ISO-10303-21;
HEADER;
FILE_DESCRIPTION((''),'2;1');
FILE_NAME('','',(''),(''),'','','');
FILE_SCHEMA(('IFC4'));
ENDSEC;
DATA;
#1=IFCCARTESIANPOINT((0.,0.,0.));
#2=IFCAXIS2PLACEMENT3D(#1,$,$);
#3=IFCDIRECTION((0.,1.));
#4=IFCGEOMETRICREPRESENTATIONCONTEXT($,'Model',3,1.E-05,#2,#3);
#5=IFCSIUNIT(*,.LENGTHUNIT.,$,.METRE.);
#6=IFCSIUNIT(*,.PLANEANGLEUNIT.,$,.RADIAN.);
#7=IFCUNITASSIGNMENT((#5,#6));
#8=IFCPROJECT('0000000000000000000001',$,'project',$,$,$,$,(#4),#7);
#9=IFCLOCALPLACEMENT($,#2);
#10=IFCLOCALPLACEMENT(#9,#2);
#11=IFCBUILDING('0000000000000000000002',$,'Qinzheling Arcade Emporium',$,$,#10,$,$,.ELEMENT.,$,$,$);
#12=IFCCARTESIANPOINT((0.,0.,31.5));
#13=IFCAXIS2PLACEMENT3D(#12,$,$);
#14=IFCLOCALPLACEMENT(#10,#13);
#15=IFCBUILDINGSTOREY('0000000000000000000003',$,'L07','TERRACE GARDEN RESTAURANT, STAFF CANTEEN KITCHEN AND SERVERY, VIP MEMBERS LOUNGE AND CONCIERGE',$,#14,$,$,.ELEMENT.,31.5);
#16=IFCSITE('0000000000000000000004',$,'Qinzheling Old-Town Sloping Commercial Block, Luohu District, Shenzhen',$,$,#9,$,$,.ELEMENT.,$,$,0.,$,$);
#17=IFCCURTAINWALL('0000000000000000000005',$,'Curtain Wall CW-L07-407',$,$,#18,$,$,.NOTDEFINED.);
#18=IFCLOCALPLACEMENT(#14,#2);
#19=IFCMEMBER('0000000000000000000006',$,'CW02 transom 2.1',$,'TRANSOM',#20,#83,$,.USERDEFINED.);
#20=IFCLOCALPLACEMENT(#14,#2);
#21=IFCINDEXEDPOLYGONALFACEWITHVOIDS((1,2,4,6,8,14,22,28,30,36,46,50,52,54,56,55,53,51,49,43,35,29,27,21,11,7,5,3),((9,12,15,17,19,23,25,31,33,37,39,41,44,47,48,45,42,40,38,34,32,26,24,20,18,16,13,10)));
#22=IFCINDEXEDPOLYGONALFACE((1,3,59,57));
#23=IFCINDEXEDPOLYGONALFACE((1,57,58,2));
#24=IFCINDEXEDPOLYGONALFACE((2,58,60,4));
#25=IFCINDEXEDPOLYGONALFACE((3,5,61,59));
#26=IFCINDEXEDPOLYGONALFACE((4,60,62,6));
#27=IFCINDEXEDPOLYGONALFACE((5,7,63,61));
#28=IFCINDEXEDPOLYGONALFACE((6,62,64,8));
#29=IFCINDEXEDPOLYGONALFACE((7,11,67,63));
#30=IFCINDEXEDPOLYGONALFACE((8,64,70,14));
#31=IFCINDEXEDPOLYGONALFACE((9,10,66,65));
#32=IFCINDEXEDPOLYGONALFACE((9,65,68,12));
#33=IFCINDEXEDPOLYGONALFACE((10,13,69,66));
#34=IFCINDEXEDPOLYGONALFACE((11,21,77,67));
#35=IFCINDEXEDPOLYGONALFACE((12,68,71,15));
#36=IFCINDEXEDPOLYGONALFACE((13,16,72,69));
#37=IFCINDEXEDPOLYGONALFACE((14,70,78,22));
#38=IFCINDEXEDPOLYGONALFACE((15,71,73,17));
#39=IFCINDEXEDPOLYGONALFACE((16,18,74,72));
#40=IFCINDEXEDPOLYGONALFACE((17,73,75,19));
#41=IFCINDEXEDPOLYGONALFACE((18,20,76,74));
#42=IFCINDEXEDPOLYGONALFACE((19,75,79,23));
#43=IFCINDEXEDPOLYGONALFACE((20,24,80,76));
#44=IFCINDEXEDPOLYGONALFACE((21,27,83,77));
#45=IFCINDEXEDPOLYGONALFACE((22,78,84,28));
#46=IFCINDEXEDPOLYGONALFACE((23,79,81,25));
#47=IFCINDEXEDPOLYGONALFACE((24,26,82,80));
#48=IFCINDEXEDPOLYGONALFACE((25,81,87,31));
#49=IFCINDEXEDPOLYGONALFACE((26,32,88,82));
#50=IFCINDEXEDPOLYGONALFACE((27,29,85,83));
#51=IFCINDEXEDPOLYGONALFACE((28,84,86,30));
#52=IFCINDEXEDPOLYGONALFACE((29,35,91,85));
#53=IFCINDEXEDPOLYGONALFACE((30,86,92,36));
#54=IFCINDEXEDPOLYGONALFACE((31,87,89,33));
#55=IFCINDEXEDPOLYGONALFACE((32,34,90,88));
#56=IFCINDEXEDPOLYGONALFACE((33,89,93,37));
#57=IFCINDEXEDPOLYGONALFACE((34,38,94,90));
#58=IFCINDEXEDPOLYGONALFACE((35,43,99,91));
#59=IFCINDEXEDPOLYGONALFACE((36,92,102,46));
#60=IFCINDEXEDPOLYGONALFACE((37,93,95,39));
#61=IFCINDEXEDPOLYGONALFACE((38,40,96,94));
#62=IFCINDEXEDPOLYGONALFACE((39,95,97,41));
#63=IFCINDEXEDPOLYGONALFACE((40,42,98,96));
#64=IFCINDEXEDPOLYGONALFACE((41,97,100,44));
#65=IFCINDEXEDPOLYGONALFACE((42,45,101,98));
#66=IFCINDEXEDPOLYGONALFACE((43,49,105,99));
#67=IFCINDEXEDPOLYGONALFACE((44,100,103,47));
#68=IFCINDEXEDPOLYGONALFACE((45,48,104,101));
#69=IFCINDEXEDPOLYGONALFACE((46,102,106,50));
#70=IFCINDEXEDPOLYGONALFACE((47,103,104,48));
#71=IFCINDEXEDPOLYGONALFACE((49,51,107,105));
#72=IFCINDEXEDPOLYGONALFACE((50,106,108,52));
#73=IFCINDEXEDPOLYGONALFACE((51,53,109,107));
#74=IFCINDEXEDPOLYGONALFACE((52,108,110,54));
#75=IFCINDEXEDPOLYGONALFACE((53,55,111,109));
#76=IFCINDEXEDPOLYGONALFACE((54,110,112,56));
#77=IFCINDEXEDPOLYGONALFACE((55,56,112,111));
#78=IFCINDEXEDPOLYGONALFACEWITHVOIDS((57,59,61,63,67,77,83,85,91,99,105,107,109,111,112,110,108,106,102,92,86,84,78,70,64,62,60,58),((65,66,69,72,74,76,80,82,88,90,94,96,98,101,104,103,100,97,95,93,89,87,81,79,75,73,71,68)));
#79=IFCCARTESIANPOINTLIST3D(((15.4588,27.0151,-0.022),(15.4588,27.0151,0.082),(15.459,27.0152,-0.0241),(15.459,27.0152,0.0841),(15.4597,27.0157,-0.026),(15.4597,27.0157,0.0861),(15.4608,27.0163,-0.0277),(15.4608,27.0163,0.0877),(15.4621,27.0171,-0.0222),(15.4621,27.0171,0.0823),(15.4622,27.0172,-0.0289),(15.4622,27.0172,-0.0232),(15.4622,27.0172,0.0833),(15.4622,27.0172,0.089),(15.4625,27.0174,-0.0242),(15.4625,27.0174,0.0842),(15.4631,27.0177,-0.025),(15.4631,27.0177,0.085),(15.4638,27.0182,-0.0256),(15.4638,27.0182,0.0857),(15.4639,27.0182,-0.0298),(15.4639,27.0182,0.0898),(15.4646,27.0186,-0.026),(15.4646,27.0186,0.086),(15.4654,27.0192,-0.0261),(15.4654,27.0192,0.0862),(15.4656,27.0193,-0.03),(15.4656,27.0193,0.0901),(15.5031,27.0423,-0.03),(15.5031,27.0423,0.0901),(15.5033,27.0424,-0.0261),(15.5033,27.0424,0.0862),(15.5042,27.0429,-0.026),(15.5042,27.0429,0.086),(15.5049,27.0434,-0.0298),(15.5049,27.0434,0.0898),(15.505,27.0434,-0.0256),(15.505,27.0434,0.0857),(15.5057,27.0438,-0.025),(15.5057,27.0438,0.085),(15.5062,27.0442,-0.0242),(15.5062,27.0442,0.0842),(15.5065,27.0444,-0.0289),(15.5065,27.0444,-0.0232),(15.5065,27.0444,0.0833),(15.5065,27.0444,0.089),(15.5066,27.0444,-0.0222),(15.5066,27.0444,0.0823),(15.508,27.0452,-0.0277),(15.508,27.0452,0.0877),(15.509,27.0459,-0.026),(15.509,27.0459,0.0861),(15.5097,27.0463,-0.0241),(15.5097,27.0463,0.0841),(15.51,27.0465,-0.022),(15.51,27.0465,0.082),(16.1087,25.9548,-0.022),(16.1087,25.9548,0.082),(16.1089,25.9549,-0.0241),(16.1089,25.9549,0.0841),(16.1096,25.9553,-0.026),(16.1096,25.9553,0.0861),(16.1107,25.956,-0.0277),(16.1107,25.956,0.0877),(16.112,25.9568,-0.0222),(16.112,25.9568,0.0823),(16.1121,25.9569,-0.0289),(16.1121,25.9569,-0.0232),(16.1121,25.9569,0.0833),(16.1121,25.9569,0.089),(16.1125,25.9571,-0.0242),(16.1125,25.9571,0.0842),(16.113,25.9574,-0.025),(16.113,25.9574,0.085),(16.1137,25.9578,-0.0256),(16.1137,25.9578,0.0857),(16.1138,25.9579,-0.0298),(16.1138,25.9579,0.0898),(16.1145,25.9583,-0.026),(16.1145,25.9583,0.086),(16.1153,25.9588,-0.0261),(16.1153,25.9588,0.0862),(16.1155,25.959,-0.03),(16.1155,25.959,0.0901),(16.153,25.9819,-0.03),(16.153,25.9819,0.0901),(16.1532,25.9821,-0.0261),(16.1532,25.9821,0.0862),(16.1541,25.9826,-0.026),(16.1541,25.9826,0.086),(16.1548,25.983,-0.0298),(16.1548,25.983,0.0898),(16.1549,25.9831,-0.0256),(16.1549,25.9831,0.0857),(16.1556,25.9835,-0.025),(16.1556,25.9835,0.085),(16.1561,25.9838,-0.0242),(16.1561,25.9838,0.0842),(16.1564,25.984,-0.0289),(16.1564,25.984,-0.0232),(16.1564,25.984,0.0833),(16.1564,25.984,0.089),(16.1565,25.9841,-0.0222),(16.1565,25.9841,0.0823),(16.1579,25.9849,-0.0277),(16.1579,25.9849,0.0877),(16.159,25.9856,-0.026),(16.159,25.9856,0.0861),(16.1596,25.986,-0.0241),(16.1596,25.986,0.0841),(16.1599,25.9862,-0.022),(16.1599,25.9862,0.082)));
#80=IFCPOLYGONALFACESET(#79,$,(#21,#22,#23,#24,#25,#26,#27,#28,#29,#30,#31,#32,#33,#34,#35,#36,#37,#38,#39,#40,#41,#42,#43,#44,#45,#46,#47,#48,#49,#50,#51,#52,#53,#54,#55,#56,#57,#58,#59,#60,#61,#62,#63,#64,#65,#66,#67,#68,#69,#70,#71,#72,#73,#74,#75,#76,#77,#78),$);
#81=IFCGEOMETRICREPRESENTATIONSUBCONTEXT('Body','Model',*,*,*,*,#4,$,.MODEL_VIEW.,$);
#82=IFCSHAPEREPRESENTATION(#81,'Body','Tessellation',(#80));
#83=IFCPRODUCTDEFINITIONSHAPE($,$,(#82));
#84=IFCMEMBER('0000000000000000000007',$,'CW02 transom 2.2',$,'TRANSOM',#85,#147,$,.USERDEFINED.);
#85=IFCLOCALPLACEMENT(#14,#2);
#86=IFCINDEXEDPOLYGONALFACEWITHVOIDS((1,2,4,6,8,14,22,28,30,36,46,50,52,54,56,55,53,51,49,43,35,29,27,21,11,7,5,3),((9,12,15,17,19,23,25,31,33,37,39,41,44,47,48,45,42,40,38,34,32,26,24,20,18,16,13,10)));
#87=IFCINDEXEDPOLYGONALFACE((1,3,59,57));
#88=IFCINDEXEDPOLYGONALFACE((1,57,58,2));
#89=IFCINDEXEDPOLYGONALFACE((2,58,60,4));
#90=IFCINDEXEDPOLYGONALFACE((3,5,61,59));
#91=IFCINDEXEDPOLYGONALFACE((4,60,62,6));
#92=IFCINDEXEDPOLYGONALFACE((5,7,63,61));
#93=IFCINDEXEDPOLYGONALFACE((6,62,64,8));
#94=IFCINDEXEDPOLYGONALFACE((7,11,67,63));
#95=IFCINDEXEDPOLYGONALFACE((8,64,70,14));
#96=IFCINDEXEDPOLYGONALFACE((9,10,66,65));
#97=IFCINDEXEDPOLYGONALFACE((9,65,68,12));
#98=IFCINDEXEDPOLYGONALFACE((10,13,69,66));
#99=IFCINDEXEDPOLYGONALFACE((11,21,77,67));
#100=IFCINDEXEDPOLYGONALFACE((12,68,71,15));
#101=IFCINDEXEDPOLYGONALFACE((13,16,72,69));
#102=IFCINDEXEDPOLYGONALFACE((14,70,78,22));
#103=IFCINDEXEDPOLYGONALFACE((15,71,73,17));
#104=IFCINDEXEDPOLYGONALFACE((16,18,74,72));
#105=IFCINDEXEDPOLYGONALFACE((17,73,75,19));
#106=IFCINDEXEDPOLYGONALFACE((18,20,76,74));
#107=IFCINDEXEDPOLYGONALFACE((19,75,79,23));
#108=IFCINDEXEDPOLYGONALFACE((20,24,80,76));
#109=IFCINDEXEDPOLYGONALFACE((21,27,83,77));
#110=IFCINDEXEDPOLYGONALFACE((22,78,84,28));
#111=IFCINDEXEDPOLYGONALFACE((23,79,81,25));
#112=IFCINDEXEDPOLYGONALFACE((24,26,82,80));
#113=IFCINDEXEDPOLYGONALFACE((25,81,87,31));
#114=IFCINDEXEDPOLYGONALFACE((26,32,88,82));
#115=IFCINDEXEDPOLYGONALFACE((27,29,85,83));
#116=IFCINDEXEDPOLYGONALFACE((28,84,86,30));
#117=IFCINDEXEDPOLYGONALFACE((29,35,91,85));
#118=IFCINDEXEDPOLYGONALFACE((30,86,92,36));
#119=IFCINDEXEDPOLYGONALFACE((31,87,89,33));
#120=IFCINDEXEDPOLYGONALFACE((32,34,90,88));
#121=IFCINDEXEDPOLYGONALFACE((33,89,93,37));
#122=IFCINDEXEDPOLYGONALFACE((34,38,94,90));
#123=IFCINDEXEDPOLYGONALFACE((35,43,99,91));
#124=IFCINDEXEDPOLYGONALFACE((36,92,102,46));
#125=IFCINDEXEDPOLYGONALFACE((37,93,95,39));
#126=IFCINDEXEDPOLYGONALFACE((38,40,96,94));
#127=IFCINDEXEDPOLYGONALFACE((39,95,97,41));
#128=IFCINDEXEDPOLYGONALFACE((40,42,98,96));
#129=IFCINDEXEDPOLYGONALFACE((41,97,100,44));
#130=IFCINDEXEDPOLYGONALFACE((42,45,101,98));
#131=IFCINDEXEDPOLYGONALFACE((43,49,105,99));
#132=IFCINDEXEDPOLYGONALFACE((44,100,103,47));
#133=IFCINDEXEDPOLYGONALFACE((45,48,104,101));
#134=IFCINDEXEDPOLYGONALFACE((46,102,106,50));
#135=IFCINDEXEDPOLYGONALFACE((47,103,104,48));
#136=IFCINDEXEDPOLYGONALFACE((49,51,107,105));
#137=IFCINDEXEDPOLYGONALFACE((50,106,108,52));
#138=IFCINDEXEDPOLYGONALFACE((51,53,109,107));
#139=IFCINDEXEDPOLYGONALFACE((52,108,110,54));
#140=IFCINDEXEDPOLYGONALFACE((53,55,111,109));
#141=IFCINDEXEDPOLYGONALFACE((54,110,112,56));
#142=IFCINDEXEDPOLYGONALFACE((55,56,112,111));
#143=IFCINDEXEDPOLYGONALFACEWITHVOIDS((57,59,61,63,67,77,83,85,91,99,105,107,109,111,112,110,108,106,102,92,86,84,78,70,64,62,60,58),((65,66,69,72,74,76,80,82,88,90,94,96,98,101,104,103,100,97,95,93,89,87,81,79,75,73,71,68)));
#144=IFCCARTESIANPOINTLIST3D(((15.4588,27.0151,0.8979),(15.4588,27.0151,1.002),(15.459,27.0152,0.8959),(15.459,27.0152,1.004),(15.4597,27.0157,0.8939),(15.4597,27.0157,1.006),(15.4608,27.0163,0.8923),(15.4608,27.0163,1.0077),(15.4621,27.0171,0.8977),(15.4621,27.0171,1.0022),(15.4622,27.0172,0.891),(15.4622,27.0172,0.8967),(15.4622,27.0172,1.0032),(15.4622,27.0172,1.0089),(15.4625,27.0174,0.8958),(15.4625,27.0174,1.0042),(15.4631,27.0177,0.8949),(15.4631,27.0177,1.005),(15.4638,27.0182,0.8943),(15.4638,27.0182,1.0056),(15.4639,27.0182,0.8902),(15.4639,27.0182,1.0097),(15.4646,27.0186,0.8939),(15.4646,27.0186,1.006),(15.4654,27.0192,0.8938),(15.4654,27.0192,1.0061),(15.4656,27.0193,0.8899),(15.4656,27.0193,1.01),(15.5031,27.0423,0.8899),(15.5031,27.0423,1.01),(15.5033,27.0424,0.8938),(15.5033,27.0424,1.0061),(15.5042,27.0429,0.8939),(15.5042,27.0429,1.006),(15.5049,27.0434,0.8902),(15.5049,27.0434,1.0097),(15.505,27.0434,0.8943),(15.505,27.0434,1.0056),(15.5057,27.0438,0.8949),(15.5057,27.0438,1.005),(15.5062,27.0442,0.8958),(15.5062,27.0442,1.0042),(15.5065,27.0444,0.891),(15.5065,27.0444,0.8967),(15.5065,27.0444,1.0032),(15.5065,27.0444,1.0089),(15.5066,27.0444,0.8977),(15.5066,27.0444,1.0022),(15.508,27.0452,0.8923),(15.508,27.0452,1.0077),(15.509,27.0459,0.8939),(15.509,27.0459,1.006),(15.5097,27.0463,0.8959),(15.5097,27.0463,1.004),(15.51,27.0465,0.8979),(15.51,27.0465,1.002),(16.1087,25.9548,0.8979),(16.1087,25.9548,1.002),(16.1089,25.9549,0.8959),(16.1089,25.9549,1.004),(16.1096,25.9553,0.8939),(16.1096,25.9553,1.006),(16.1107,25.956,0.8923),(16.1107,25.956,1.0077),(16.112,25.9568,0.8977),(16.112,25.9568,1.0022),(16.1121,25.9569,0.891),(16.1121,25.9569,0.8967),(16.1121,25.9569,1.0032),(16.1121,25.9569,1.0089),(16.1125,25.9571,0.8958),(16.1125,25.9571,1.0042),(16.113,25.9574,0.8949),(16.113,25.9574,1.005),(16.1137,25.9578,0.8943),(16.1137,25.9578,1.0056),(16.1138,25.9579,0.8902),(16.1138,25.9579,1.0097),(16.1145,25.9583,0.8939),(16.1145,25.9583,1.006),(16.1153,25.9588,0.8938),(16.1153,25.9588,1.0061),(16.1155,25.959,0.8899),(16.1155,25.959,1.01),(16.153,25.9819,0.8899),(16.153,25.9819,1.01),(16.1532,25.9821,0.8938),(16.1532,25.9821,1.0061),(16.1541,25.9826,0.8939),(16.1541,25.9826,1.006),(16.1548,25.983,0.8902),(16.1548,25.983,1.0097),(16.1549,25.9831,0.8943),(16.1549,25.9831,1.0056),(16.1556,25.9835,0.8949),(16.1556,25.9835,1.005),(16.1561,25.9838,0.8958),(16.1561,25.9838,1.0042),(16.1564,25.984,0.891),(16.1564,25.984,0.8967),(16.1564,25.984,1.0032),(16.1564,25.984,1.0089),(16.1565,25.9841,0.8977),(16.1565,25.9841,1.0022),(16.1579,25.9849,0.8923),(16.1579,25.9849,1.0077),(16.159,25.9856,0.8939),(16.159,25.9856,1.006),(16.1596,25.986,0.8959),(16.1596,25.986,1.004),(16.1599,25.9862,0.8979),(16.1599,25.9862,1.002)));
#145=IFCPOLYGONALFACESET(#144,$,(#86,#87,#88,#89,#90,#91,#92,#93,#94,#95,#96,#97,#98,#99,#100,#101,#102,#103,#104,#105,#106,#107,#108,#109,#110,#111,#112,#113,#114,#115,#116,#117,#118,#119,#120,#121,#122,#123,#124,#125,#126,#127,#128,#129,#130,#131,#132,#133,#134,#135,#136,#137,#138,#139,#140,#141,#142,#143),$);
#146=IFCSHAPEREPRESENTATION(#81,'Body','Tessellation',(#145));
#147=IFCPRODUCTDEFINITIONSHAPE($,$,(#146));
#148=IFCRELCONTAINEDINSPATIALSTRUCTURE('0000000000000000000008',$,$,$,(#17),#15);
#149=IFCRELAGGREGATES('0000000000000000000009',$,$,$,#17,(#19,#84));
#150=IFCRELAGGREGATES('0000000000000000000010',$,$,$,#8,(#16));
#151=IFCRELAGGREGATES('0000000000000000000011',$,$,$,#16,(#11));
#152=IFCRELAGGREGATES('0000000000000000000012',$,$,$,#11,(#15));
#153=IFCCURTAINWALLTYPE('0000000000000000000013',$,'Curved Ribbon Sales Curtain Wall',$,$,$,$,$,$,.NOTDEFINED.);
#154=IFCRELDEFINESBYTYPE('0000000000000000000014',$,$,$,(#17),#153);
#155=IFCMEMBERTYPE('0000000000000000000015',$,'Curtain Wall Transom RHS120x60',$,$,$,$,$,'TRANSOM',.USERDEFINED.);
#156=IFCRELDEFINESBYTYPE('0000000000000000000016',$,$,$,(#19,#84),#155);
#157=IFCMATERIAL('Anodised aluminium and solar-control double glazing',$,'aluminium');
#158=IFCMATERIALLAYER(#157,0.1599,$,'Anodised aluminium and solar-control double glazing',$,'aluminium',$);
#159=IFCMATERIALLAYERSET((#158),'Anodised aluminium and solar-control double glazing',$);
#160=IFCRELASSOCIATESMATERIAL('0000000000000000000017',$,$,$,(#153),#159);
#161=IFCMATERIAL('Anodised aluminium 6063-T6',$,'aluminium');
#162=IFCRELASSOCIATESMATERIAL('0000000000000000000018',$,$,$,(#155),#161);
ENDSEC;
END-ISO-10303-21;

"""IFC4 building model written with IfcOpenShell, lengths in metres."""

from ifc_helpers import new_model, si_unit, direction, frame, origin, origin_2d, place, context, subcontext, project, spatial, hollow_rectangle, extrude, material, layer, layer_set, material_profile, profile_set, type_object, element, aggregate, save


model = new_model("IFC4")

# Units and contexts
model_context = context("Model", 3, precision=1e-05, world=origin(), true_north=direction((0.0, 1.0)))
body_context = subcontext(model_context, "Body", "Model", "MODEL_VIEW")
ifc_project = project(units=[si_unit("LENGTHUNIT", "METRE"), si_unit("PLANEANGLEUNIT", "RADIAN")], contexts=[model_context])

# Site, building, storey
site_placement = place(None, origin())
site = spatial("IfcSite", under=ifc_project, at=site_placement, Name="Qinzheling Old-Town Sloping Commercial Block, Luohu District, Shenzhen", CompositionType="ELEMENT", RefElevation=0.0)
building_placement = place(site_placement, origin())
building = spatial("IfcBuilding", under=site, at=building_placement, Name="Qinzheling Arcade Emporium", CompositionType="ELEMENT")
storey_placement = place(building_placement, frame((0.0, 0.0, 31.5)))
storey = spatial("IfcBuildingStorey", under=building, at=storey_placement, Name="L07", Description="TERRACE GARDEN RESTAURANT, STAFF CANTEEN KITCHEN AND SERVERY, VIP MEMBERS LOUNGE AND CONCIERGE", CompositionType="ELEMENT", Elevation=31.5)

# Curtain wall
ifc_material_1 = material(Name="Anodised aluminium and solar-control double glazing", Category="aluminium")
ifc_layer_1 = layer(ifc_material_1, 0.1599, Name="Anodised aluminium and solar-control double glazing", Category="aluminium")
ifc_layer_set_1 = layer_set([ifc_layer_1], Name="Anodised aluminium and solar-control double glazing")
curtain_wall_type = type_object("IfcCurtainWallType", Name="Curved Ribbon Sales Curtain Wall", PredefinedType="NOTDEFINED", material=ifc_layer_set_1)
curtain_wall_1_placement = place(storey_placement, origin())
curtain_wall_1 = element("IfcCurtainWall", 1, at=curtain_wall_1_placement, inside=storey, type_object=curtain_wall_type, Name="Curtain Wall CW-L07-407", PredefinedType="NOTDEFINED")
ifc_material_2 = material(Name="Anodised aluminium 6063-T6", Category="aluminium")

# Members
ifc_material_profile_1 = material_profile(ifc_material_2, hollow_rectangle(XDim=0.0601, YDim=0.1201, WallThickness=0.0039, InnerFilletRadius=0.0039, OuterFilletRadius=0.0081, at=origin_2d()), Name="RHS 120x60x4", Category="aluminium")
ifc_profile_set_1 = profile_set([ifc_material_profile_1], Name="Anodised aluminium 6063-T6")
member_type_1 = type_object("IfcMemberType", Name="Curtain Wall Transom RHS120x60", ElementType="TRANSOM", PredefinedType="USERDEFINED", material=ifc_profile_set_1)
member_1_placement = place(storey_placement, frame((16.1343, 25.9705, 0.03), z_axis=(-0.522585, 0.852587, 0.0), x_axis=(-0.852587, -0.522585, 0.0)))
member_1 = element("IfcMember", 2, at=member_1_placement, type_object=member_type_1, Name="CW02 transom 2.1", ObjectType="TRANSOM", PredefinedType="USERDEFINED", context=body_context, shape_type="SweptSolid", body=[
    extrude(hollow_rectangle(XDim=0.0601, YDim=0.1201, WallThickness=0.0039, InnerFilletRadius=0.0039, OuterFilletRadius=0.0081, at=origin_2d()), origin(), (0.0, 0.0, 1.0), 1.2437),
])
member_2_placement = place(storey_placement, frame((16.1343, 25.9705, 0.95), z_axis=(-0.522585, 0.852587, 0.0), x_axis=(-0.852587, -0.522585, 0.0)))
member_2 = element("IfcMember", 3, at=member_2_placement, type_object=member_type_1, Name="CW02 transom 2.2", ObjectType="TRANSOM", PredefinedType="USERDEFINED", context=body_context, shape_type="SweptSolid", body=[
    extrude(hollow_rectangle(XDim=0.0601, YDim=0.1201, WallThickness=0.0039, InnerFilletRadius=0.0039, OuterFilletRadius=0.0081, at=origin_2d()), origin(), (0.0, 0.0, 1.0), 1.2437),
])

aggregate(curtain_wall_1, [member_1, member_2])

save(model, "model.ifc")
